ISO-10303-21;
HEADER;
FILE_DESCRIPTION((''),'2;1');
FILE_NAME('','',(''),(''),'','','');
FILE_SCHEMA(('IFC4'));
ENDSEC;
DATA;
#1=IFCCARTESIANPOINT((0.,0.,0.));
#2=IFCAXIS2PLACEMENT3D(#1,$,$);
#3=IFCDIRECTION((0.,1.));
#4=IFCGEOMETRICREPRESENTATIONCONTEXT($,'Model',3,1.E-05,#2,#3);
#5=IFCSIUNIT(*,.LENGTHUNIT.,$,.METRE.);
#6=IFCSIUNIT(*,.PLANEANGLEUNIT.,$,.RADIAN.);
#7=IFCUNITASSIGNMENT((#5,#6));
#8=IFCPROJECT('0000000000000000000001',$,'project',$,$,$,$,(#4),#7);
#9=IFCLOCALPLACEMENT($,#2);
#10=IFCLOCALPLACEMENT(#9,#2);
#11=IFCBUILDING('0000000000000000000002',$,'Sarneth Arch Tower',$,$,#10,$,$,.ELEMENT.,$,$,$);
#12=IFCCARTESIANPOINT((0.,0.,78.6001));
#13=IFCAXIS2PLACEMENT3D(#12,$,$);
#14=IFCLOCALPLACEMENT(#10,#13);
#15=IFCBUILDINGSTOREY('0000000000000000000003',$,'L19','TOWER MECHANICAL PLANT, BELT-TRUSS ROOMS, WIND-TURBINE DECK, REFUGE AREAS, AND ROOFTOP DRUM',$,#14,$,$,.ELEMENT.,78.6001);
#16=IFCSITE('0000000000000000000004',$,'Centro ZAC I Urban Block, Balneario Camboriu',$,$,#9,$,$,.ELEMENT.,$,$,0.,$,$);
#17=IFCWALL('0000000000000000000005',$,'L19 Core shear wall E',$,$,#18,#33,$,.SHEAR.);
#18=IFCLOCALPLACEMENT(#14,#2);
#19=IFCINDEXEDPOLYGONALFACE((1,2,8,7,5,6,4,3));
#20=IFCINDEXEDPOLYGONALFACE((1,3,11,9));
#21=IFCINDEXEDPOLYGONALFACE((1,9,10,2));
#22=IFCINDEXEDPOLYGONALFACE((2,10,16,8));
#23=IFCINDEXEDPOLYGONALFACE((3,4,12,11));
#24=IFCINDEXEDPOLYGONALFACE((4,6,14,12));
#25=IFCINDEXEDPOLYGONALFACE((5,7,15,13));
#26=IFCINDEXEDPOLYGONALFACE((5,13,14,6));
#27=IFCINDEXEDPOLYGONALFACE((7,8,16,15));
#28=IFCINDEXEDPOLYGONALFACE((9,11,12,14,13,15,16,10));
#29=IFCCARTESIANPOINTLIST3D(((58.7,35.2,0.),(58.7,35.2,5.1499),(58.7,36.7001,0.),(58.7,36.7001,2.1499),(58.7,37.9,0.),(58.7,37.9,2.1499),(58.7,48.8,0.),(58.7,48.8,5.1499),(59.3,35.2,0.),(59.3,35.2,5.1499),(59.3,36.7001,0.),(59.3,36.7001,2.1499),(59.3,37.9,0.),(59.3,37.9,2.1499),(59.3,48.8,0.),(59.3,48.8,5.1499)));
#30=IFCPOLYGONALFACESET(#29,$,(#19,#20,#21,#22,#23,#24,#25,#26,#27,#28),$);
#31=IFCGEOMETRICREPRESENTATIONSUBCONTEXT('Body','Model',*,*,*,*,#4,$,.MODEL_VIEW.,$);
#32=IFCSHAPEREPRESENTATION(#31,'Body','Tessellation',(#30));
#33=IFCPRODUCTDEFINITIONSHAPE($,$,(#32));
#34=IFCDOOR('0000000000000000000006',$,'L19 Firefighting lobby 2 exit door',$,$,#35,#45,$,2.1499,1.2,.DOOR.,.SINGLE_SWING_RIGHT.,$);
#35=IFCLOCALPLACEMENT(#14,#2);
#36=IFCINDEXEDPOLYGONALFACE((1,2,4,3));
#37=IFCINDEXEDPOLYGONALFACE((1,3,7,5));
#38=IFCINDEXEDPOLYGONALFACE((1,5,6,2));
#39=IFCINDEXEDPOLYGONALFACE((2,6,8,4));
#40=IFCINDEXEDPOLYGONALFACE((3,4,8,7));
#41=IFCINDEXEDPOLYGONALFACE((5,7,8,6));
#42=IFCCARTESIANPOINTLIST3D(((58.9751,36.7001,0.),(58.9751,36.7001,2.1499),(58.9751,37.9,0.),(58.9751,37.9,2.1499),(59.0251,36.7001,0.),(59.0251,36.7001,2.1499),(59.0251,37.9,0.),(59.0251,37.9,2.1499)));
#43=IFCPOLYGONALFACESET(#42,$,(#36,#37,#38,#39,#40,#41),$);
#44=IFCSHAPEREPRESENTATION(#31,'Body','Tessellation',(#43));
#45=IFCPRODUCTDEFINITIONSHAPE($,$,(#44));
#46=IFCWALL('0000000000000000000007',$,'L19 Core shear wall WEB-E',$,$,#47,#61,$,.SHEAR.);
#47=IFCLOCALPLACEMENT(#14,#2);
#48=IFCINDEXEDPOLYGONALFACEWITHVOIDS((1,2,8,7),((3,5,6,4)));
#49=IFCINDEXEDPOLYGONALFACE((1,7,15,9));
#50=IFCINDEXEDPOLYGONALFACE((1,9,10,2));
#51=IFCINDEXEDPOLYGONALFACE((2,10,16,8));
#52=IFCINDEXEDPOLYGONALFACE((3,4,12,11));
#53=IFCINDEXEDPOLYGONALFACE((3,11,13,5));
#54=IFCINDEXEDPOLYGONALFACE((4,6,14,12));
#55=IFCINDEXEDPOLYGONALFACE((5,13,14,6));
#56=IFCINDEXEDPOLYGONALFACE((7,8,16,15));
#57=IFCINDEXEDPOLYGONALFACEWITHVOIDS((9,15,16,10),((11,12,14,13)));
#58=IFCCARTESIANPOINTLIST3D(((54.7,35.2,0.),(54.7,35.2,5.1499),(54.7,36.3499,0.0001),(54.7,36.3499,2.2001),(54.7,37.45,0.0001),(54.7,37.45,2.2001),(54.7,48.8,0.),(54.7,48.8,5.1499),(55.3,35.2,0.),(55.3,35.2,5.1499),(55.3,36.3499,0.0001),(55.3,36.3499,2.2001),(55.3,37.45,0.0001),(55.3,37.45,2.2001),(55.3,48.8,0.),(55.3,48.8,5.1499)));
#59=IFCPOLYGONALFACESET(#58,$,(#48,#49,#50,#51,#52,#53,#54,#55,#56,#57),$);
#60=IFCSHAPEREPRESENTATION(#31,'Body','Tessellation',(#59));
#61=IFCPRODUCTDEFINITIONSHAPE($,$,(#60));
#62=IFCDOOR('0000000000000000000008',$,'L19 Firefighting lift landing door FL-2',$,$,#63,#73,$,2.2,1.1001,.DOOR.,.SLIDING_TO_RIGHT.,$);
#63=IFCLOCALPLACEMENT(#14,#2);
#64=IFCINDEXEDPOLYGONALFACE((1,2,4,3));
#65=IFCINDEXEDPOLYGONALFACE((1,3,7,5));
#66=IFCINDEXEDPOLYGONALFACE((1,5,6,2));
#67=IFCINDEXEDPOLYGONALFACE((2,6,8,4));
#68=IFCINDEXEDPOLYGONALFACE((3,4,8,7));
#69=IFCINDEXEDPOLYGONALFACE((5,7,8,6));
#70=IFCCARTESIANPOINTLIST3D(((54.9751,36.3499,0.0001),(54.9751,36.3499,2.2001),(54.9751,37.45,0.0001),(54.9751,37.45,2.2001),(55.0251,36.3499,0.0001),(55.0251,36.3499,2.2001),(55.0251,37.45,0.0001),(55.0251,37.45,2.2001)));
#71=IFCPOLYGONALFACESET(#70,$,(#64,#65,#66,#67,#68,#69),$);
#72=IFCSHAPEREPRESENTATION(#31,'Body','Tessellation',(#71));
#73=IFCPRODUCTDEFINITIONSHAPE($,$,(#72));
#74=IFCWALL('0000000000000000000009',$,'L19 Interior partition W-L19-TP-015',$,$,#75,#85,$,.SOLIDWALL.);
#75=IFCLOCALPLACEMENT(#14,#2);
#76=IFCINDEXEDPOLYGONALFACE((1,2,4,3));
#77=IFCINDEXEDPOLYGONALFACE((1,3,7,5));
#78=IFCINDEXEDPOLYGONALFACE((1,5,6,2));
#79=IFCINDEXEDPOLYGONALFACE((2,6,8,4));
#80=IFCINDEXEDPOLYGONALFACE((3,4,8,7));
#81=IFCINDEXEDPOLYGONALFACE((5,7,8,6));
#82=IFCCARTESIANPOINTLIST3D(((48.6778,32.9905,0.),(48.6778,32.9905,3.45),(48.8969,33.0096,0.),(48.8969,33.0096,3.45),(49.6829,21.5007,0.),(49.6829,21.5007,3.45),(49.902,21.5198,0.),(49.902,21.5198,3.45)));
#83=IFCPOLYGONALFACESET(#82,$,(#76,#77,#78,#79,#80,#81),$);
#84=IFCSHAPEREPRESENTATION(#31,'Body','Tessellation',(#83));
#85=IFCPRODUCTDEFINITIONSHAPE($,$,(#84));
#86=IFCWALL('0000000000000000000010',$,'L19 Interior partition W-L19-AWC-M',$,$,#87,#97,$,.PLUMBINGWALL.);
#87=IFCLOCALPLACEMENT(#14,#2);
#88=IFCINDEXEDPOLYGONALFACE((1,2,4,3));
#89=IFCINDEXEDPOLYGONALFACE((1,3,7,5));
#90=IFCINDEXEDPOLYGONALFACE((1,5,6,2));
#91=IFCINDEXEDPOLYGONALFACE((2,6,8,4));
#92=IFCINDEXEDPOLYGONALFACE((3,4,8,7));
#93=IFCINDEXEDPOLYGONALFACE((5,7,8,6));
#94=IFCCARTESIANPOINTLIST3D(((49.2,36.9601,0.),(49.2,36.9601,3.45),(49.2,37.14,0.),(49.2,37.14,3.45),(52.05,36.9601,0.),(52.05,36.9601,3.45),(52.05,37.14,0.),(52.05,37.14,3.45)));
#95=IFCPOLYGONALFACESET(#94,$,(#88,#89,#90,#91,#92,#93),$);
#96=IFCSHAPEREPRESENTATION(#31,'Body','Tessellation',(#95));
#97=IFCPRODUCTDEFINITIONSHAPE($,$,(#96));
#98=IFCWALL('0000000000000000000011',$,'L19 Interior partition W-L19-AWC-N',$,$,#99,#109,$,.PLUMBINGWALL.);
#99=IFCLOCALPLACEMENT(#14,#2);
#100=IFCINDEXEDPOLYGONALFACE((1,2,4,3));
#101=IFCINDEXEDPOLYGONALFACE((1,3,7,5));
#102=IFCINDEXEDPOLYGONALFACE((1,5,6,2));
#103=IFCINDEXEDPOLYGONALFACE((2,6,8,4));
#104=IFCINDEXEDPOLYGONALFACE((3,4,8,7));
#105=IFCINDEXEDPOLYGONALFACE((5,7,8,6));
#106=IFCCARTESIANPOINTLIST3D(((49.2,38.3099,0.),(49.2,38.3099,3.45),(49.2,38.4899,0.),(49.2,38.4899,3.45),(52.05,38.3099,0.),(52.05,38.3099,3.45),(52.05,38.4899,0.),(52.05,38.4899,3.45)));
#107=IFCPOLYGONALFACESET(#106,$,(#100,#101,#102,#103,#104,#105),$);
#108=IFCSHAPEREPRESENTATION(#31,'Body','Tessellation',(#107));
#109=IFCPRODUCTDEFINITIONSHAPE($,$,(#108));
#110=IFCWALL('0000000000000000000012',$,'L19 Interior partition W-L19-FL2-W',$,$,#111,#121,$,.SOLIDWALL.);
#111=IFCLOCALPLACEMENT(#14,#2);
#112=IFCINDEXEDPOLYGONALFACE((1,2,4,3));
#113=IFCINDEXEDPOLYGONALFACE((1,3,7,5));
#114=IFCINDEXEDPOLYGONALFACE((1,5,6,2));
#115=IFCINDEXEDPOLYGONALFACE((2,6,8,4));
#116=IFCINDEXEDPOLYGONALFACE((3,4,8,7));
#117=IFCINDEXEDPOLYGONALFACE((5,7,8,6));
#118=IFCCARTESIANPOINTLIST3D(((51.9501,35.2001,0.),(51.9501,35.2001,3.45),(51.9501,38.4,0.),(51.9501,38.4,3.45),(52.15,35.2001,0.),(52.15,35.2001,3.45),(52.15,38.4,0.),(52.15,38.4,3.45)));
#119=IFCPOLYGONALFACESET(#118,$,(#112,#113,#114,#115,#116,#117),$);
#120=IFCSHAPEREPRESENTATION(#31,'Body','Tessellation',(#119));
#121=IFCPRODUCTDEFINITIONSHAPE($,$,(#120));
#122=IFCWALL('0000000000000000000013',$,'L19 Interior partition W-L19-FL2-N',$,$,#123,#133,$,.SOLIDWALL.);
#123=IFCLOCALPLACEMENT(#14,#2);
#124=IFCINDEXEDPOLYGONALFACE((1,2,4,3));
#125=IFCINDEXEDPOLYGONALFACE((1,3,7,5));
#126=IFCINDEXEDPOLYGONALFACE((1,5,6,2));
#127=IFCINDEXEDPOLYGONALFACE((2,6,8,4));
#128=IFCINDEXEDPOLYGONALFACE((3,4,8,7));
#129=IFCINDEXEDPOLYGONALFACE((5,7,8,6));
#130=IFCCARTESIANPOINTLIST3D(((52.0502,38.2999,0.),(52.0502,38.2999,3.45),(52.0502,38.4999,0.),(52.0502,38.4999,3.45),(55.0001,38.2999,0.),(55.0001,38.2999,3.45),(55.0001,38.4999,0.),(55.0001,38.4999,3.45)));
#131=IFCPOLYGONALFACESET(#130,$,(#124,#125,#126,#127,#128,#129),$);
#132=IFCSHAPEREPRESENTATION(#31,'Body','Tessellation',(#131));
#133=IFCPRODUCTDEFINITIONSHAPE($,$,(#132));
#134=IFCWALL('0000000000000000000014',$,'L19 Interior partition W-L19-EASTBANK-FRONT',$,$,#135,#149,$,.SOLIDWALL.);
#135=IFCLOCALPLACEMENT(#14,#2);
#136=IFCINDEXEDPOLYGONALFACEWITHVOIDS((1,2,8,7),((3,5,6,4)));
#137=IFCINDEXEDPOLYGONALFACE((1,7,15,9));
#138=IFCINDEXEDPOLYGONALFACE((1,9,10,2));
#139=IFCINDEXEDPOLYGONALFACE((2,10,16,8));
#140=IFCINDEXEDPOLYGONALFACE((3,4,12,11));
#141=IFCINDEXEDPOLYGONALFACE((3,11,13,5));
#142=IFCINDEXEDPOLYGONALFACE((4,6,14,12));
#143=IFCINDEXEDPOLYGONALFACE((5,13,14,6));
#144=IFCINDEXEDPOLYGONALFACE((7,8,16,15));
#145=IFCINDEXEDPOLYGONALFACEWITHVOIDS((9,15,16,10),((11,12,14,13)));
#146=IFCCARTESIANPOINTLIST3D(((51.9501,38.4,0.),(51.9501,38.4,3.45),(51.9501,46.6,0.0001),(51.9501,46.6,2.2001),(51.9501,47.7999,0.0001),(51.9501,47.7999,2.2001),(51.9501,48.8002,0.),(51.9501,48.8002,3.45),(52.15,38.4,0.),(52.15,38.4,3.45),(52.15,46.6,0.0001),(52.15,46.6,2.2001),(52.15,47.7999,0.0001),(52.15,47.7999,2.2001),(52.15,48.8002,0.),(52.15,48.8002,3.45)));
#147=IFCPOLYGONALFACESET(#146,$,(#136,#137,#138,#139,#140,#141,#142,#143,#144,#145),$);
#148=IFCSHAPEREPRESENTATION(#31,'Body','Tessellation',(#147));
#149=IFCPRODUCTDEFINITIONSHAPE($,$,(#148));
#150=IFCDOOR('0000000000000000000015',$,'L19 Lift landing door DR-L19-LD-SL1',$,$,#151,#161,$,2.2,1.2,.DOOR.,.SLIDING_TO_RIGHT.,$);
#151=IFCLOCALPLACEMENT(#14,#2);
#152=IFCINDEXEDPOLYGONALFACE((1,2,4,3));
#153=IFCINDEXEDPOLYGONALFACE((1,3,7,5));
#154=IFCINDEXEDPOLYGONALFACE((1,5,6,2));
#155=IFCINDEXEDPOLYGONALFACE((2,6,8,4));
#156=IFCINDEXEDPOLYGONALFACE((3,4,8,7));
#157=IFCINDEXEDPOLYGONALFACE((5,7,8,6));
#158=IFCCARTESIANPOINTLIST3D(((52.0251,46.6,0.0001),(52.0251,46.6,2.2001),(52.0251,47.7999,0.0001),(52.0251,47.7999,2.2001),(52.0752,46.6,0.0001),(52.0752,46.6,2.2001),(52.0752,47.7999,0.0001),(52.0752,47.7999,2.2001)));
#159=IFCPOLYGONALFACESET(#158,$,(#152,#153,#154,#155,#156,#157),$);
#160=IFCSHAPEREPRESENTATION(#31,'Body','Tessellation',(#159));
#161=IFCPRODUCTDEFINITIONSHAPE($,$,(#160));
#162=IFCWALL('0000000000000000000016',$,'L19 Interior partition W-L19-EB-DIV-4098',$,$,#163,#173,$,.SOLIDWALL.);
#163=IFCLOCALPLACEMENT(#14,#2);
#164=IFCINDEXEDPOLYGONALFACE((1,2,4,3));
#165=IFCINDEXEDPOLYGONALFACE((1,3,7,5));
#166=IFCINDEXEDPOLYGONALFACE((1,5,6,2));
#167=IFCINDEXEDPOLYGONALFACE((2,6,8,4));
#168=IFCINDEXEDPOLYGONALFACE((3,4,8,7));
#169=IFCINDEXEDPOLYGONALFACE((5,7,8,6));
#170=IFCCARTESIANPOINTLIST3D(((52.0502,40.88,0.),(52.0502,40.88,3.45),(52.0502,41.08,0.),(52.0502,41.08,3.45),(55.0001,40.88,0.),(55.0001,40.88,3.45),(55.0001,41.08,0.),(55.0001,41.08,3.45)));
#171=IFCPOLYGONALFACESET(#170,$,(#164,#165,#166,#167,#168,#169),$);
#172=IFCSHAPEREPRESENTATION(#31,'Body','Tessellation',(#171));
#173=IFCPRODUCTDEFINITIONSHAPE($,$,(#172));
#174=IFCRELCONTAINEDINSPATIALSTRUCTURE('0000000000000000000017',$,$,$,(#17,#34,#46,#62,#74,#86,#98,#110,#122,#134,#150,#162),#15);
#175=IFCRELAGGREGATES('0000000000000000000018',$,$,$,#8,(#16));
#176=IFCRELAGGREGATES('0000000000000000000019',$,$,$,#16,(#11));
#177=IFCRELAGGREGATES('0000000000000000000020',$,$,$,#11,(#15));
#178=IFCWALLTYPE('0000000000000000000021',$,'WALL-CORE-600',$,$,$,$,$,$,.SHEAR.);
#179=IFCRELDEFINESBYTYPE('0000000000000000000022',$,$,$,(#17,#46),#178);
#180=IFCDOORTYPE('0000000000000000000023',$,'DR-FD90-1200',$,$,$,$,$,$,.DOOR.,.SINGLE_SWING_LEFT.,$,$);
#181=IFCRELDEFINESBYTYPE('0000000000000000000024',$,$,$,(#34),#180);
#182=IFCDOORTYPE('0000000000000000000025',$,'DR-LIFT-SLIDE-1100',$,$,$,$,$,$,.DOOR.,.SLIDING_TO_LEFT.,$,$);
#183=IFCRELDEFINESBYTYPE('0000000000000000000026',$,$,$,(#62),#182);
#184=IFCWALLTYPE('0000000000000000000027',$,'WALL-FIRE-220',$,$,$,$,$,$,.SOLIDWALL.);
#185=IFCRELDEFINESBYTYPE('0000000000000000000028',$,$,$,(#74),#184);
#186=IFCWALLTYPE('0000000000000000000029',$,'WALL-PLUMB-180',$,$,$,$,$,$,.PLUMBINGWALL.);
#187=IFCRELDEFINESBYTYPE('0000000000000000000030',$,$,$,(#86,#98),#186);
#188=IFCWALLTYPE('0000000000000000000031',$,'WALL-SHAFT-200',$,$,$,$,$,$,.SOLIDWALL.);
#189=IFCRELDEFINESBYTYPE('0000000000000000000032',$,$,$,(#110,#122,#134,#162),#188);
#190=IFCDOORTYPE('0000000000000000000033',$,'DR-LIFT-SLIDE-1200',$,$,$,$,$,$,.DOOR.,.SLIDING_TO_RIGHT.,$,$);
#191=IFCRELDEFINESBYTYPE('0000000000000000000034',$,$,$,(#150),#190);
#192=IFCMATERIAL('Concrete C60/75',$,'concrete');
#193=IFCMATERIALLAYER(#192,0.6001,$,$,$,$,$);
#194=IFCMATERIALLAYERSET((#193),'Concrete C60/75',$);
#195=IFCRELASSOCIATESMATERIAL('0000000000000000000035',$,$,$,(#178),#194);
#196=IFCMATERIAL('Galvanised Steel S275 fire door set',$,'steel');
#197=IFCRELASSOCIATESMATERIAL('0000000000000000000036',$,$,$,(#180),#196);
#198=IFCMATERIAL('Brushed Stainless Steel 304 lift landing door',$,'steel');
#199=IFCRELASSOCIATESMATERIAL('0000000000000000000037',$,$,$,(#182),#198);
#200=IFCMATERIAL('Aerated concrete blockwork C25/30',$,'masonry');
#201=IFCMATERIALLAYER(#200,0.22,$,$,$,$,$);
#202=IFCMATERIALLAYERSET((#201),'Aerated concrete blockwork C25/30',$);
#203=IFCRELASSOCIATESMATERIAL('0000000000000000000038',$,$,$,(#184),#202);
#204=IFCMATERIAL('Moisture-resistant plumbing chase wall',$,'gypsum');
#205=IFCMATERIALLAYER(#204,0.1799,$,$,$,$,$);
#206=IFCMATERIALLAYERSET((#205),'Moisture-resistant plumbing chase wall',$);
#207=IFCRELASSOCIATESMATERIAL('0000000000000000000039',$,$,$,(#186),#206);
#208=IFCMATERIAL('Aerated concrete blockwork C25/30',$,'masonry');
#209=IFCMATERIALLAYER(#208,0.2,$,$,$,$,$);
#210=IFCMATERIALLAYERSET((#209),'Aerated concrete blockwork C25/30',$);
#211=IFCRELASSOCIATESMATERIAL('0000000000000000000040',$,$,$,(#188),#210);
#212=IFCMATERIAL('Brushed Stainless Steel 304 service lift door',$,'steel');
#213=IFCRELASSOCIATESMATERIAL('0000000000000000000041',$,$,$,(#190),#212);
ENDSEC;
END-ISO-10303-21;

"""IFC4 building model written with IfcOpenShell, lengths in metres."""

from ifc_helpers import new_model, si_unit, direction, frame, frame_2d, origin, place, context, subcontext, project, spatial, rectangle, extrude, material, layer, layer_set, type_object, element, fill, save


model = new_model("IFC4")

# Units and contexts
model_context = context("Model", 3, precision=1e-05, world=origin(), true_north=direction((0.0, 1.0)))
body_context = subcontext(model_context, "Body", "Model", "MODEL_VIEW")
ifc_project = project(units=[si_unit("LENGTHUNIT", "METRE"), si_unit("PLANEANGLEUNIT", "RADIAN")], contexts=[model_context])

# Site, building, storey
site_placement = place(None, origin())
site = spatial("IfcSite", under=ifc_project, at=site_placement, Name="Centro ZAC I Urban Block, Balneario Camboriu", CompositionType="ELEMENT", RefElevation=0.0)
building_placement = place(site_placement, origin())
building = spatial("IfcBuilding", under=site, at=building_placement, Name="Sarneth Arch Tower", CompositionType="ELEMENT")
storey_placement = place(building_placement, frame((0.0, 0.0, 78.6001)))
storey = spatial("IfcBuildingStorey", under=building, at=storey_placement, Name="L19", Description="TOWER MECHANICAL PLANT, BELT-TRUSS ROOMS, WIND-TURBINE DECK, REFUGE AREAS, AND ROOFTOP DRUM", CompositionType="ELEMENT", Elevation=78.6001)

# Shared definitions
ifc_material_1 = material(Name="Concrete C60/75", Category="concrete")
ifc_layer_1 = layer(ifc_material_1, 0.6001)
ifc_layer_set_1 = layer_set([ifc_layer_1], Name="Concrete C60/75")
wall_type_1 = type_object("IfcWallType", Name="WALL-CORE-600", PredefinedType="SHEAR", material=ifc_layer_set_1)

# Walls, openings, doors
wall_1_placement = place(storey_placement, frame((59.0, 35.2, 0.0), z_axis=(0.0, 0.0, 1.0), x_axis=(0.0, 1.0, 0.0)))
wall_1 = element("IfcWall", 1, at=wall_1_placement, inside=storey, type_object=wall_type_1, Name="L19 Core shear wall E", PredefinedType="SHEAR", context=body_context, shape_type="SweptSolid", body=[
    extrude(rectangle(XDim=13.6001, YDim=0.6001, at=frame_2d((6.8, 0.0))), origin(), (0.0, 0.0, 1.0), 5.1499),
])
opening_1_placement = place(wall_1_placement, frame((1.5, 0.0, 0.0)))
opening_1 = element("IfcOpeningElement", 2, at=opening_1_placement, cuts=wall_1, PredefinedType="OPENING", context=body_context, shape_type="SweptSolid", body=[
    extrude(rectangle(XDim=1.2, YDim=2.1499, at=frame_2d((0.6001, 1.075))), frame((0.0, 0.3101, 0.0), z_axis=(0.0, -1.0, 0.0), x_axis=(1.0, 0.0, 0.0)), (0.0, 0.0, 1.0), 0.6201),
])
ifc_material_2 = material(Name="Galvanised Steel S275 fire door set", Category="steel")
door_type_1 = type_object("IfcDoorType", Name="DR-FD90-1200", OperationType="SINGLE_SWING_LEFT", PredefinedType="DOOR", material=ifc_material_2)
door_1_placement = place(opening_1_placement, origin())
door_1 = element("IfcDoor", 3, at=door_1_placement, inside=storey, type_object=door_type_1, Name="L19 Firefighting lobby 2 exit door", OperationType="SINGLE_SWING_RIGHT", OverallHeight=2.1499, OverallWidth=1.2, PredefinedType="DOOR", context=body_context, shape_type="SweptSolid", body=[
    extrude(rectangle(XDim=1.2, YDim=2.1499, at=frame_2d((0.6001, 1.075))), frame((0.0, 0.0249, 0.0), z_axis=(0.0, -1.0, 0.0), x_axis=(1.0, 0.0, 0.0)), (0.0, 0.0, 1.0), 0.05),
])
fill(opening_1, door_1)
wall_2_placement = place(storey_placement, frame((55.0, 35.2, 0.0), z_axis=(0.0, 0.0, 1.0), x_axis=(0.0, 1.0, 0.0)))
wall_2 = element("IfcWall", 4, at=wall_2_placement, inside=storey, type_object=wall_type_1, Name="L19 Core shear wall WEB-E", PredefinedType="SHEAR", context=body_context, shape_type="SweptSolid", body=[
    extrude(rectangle(XDim=13.6001, YDim=0.6001, at=frame_2d((6.8, 0.0))), origin(), (0.0, 0.0, 1.0), 5.1499),
])
opening_2_placement = place(wall_2_placement, frame((1.1499, 0.0, 0.0)))
opening_2 = element("IfcOpeningElement", 5, at=opening_2_placement, cuts=wall_2, PredefinedType="OPENING", context=body_context, shape_type="SweptSolid", body=[
    extrude(rectangle(XDim=1.1001, YDim=2.2, at=frame_2d((0.55, 1.1001))), frame((0.0, 0.3101, 0.0), z_axis=(0.0, -1.0, 0.0), x_axis=(1.0, 0.0, 0.0)), (0.0, 0.0, 1.0), 0.6201),
])
ifc_material_3 = material(Name="Brushed Stainless Steel 304 lift landing door", Category="steel")
door_type_2 = type_object("IfcDoorType", Name="DR-LIFT-SLIDE-1100", OperationType="SLIDING_TO_LEFT", PredefinedType="DOOR", material=ifc_material_3)
door_2_placement = place(opening_2_placement, origin())
door_2 = element("IfcDoor", 6, at=door_2_placement, inside=storey, type_object=door_type_2, Name="L19 Firefighting lift landing door FL-2", OperationType="SLIDING_TO_RIGHT", OverallHeight=2.2, OverallWidth=1.1001, PredefinedType="DOOR", context=body_context, shape_type="SweptSolid", body=[
    extrude(rectangle(XDim=1.1001, YDim=2.2, at=frame_2d((0.55, 1.1001))), frame((0.0, 0.0249, 0.0), z_axis=(0.0, -1.0, 0.0), x_axis=(1.0, 0.0, 0.0)), (0.0, 0.0, 1.0), 0.05),
])
fill(opening_2, door_2)

# Walls
ifc_material_4 = material(Name="Aerated concrete blockwork C25/30", Category="masonry")
ifc_layer_2 = layer(ifc_material_4, 0.22)
ifc_layer_set_2 = layer_set([ifc_layer_2], Name="Aerated concrete blockwork C25/30")
wall_type_2 = type_object("IfcWallType", Name="WALL-FIRE-220", PredefinedType="SOLIDWALL", material=ifc_layer_set_2)
wall_3_placement = place(storey_placement, frame((49.7925, 21.5103, 0.0), z_axis=(0.0, 0.0, 1.0), x_axis=(-0.087148, 0.996195, 0.0)))
element("IfcWall", 7, at=wall_3_placement, inside=storey, type_object=wall_type_2, Name="L19 Interior partition W-L19-TP-015", PredefinedType="SOLIDWALL", context=body_context, shape_type="SweptSolid", body=[
    extrude(rectangle(XDim=11.5337, YDim=0.22, at=frame_2d((5.7668, 0.0))), origin(), (0.0, 0.0, 1.0), 3.45),
])
ifc_material_5 = material(Name="Moisture-resistant plumbing chase wall", Category="gypsum")
ifc_layer_3 = layer(ifc_material_5, 0.1799)
ifc_layer_set_3 = layer_set([ifc_layer_3], Name="Moisture-resistant plumbing chase wall")
wall_type_3 = type_object("IfcWallType", Name="WALL-PLUMB-180", PredefinedType="PLUMBINGWALL", material=ifc_layer_set_3)
for number, where, z_axis, x_axis, name in (
    (8, (49.2, 37.05, 0.0), (0.0, 0.0, 1.0), (1.0, 0.0, 0.0), "L19 Interior partition W-L19-AWC-M"),
    (9, (49.2, 38.3999, 0.0), (0.0, 0.0, 1.0), (1.0, 0.0, 0.0), "L19 Interior partition W-L19-AWC-N"),
):
    element("IfcWall", number, at=place(storey_placement, frame(where, z_axis=z_axis, x_axis=x_axis)), inside=storey, type_object=wall_type_3, Name=name, PredefinedType="PLUMBINGWALL", context=body_context, shape_type="SweptSolid", body=[
        extrude(rectangle(XDim=2.8501, YDim=0.1799, at=frame_2d((1.425, 0.0))), origin(), (0.0, 0.0, 1.0), 3.45),
    ])

# Shared definitions
ifc_material_6 = material(Name="Aerated concrete blockwork C25/30", Category="masonry")
ifc_layer_4 = layer(ifc_material_6, 0.2)
ifc_layer_set_4 = layer_set([ifc_layer_4], Name="Aerated concrete blockwork C25/30")
wall_type_4 = type_object("IfcWallType", Name="WALL-SHAFT-200", PredefinedType="SOLIDWALL", material=ifc_layer_set_4)

# Walls
wall_4_placement = place(storey_placement, frame((52.05, 35.2, 0.0), z_axis=(0.0, 0.0, 1.0), x_axis=(0.0, 1.0, 0.0)))
element("IfcWall", 10, at=wall_4_placement, inside=storey, type_object=wall_type_4, Name="L19 Interior partition W-L19-FL2-W", PredefinedType="SOLIDWALL", context=body_context, shape_type="SweptSolid", body=[
    extrude(rectangle(XDim=3.2, YDim=0.2, at=frame_2d((1.6001, 0.0))), origin(), (0.0, 0.0, 1.0), 3.45),
])
wall_5_placement = place(storey_placement, frame((52.05, 38.3999, 0.0), z_axis=(0.0, 0.0, 1.0), x_axis=(1.0, 0.0, 0.0)))
element("IfcWall", 11, at=wall_5_placement, inside=storey, type_object=wall_type_4, Name="L19 Interior partition W-L19-FL2-N", PredefinedType="SOLIDWALL", context=body_context, shape_type="SweptSolid", body=[
    extrude(rectangle(XDim=2.95, YDim=0.2, at=frame_2d((1.4751, 0.0))), origin(), (0.0, 0.0, 1.0), 3.45),
])

# Wall, opening, door
wall_6_placement = place(storey_placement, frame((52.05, 38.3999, 0.0), z_axis=(0.0, 0.0, 1.0), x_axis=(0.0, 1.0, 0.0)))
wall_6 = element("IfcWall", 12, at=wall_6_placement, inside=storey, type_object=wall_type_4, Name="L19 Interior partition W-L19-EASTBANK-FRONT", PredefinedType="SOLIDWALL", context=body_context, shape_type="SweptSolid", body=[
    extrude(rectangle(XDim=10.4001, YDim=0.2, at=frame_2d((5.2002, 0.0))), origin(), (0.0, 0.0, 1.0), 3.45),
])
opening_3_placement = place(wall_6_placement, frame((8.2, 0.0, 0.0)))
opening_3 = element("IfcOpeningElement", 13, at=opening_3_placement, cuts=wall_6, PredefinedType="OPENING", context=body_context, shape_type="SweptSolid", body=[
    extrude(rectangle(XDim=1.2, YDim=2.2, at=frame_2d((0.6001, 1.1001))), frame((0.0, 0.1099, 0.0), z_axis=(0.0, -1.0, 0.0), x_axis=(1.0, 0.0, 0.0)), (0.0, 0.0, 1.0), 0.22),
])
ifc_material_7 = material(Name="Brushed Stainless Steel 304 service lift door", Category="steel")
door_type_3 = type_object("IfcDoorType", Name="DR-LIFT-SLIDE-1200", OperationType="SLIDING_TO_RIGHT", PredefinedType="DOOR", material=ifc_material_7)
door_3_placement = place(opening_3_placement, origin())
door_3 = element("IfcDoor", 14, at=door_3_placement, inside=storey, type_object=door_type_3, Name="L19 Lift landing door DR-L19-LD-SL1", OperationType="SLIDING_TO_RIGHT", OverallHeight=2.2, OverallWidth=1.2, PredefinedType="DOOR", context=body_context, shape_type="SweptSolid", body=[
    extrude(rectangle(XDim=1.2, YDim=2.2, at=frame_2d((0.6001, 1.1001))), frame((0.0, 0.0249, 0.0), z_axis=(0.0, -1.0, 0.0), x_axis=(1.0, 0.0, 0.0)), (0.0, 0.0, 1.0), 0.05),
])
fill(opening_3, door_3)

# Wall
wall_7_placement = place(storey_placement, frame((52.05, 40.98, 0.0), z_axis=(0.0, 0.0, 1.0), x_axis=(1.0, 0.0, 0.0)))
element("IfcWall", 15, at=wall_7_placement, inside=storey, type_object=wall_type_4, Name="L19 Interior partition W-L19-EB-DIV-4098", PredefinedType="SOLIDWALL", context=body_context, shape_type="SweptSolid", body=[
    extrude(rectangle(XDim=2.95, YDim=0.2, at=frame_2d((1.4751, 0.0))), origin(), (0.0, 0.0, 1.0), 3.45),
])

save(model, "model.ifc")
